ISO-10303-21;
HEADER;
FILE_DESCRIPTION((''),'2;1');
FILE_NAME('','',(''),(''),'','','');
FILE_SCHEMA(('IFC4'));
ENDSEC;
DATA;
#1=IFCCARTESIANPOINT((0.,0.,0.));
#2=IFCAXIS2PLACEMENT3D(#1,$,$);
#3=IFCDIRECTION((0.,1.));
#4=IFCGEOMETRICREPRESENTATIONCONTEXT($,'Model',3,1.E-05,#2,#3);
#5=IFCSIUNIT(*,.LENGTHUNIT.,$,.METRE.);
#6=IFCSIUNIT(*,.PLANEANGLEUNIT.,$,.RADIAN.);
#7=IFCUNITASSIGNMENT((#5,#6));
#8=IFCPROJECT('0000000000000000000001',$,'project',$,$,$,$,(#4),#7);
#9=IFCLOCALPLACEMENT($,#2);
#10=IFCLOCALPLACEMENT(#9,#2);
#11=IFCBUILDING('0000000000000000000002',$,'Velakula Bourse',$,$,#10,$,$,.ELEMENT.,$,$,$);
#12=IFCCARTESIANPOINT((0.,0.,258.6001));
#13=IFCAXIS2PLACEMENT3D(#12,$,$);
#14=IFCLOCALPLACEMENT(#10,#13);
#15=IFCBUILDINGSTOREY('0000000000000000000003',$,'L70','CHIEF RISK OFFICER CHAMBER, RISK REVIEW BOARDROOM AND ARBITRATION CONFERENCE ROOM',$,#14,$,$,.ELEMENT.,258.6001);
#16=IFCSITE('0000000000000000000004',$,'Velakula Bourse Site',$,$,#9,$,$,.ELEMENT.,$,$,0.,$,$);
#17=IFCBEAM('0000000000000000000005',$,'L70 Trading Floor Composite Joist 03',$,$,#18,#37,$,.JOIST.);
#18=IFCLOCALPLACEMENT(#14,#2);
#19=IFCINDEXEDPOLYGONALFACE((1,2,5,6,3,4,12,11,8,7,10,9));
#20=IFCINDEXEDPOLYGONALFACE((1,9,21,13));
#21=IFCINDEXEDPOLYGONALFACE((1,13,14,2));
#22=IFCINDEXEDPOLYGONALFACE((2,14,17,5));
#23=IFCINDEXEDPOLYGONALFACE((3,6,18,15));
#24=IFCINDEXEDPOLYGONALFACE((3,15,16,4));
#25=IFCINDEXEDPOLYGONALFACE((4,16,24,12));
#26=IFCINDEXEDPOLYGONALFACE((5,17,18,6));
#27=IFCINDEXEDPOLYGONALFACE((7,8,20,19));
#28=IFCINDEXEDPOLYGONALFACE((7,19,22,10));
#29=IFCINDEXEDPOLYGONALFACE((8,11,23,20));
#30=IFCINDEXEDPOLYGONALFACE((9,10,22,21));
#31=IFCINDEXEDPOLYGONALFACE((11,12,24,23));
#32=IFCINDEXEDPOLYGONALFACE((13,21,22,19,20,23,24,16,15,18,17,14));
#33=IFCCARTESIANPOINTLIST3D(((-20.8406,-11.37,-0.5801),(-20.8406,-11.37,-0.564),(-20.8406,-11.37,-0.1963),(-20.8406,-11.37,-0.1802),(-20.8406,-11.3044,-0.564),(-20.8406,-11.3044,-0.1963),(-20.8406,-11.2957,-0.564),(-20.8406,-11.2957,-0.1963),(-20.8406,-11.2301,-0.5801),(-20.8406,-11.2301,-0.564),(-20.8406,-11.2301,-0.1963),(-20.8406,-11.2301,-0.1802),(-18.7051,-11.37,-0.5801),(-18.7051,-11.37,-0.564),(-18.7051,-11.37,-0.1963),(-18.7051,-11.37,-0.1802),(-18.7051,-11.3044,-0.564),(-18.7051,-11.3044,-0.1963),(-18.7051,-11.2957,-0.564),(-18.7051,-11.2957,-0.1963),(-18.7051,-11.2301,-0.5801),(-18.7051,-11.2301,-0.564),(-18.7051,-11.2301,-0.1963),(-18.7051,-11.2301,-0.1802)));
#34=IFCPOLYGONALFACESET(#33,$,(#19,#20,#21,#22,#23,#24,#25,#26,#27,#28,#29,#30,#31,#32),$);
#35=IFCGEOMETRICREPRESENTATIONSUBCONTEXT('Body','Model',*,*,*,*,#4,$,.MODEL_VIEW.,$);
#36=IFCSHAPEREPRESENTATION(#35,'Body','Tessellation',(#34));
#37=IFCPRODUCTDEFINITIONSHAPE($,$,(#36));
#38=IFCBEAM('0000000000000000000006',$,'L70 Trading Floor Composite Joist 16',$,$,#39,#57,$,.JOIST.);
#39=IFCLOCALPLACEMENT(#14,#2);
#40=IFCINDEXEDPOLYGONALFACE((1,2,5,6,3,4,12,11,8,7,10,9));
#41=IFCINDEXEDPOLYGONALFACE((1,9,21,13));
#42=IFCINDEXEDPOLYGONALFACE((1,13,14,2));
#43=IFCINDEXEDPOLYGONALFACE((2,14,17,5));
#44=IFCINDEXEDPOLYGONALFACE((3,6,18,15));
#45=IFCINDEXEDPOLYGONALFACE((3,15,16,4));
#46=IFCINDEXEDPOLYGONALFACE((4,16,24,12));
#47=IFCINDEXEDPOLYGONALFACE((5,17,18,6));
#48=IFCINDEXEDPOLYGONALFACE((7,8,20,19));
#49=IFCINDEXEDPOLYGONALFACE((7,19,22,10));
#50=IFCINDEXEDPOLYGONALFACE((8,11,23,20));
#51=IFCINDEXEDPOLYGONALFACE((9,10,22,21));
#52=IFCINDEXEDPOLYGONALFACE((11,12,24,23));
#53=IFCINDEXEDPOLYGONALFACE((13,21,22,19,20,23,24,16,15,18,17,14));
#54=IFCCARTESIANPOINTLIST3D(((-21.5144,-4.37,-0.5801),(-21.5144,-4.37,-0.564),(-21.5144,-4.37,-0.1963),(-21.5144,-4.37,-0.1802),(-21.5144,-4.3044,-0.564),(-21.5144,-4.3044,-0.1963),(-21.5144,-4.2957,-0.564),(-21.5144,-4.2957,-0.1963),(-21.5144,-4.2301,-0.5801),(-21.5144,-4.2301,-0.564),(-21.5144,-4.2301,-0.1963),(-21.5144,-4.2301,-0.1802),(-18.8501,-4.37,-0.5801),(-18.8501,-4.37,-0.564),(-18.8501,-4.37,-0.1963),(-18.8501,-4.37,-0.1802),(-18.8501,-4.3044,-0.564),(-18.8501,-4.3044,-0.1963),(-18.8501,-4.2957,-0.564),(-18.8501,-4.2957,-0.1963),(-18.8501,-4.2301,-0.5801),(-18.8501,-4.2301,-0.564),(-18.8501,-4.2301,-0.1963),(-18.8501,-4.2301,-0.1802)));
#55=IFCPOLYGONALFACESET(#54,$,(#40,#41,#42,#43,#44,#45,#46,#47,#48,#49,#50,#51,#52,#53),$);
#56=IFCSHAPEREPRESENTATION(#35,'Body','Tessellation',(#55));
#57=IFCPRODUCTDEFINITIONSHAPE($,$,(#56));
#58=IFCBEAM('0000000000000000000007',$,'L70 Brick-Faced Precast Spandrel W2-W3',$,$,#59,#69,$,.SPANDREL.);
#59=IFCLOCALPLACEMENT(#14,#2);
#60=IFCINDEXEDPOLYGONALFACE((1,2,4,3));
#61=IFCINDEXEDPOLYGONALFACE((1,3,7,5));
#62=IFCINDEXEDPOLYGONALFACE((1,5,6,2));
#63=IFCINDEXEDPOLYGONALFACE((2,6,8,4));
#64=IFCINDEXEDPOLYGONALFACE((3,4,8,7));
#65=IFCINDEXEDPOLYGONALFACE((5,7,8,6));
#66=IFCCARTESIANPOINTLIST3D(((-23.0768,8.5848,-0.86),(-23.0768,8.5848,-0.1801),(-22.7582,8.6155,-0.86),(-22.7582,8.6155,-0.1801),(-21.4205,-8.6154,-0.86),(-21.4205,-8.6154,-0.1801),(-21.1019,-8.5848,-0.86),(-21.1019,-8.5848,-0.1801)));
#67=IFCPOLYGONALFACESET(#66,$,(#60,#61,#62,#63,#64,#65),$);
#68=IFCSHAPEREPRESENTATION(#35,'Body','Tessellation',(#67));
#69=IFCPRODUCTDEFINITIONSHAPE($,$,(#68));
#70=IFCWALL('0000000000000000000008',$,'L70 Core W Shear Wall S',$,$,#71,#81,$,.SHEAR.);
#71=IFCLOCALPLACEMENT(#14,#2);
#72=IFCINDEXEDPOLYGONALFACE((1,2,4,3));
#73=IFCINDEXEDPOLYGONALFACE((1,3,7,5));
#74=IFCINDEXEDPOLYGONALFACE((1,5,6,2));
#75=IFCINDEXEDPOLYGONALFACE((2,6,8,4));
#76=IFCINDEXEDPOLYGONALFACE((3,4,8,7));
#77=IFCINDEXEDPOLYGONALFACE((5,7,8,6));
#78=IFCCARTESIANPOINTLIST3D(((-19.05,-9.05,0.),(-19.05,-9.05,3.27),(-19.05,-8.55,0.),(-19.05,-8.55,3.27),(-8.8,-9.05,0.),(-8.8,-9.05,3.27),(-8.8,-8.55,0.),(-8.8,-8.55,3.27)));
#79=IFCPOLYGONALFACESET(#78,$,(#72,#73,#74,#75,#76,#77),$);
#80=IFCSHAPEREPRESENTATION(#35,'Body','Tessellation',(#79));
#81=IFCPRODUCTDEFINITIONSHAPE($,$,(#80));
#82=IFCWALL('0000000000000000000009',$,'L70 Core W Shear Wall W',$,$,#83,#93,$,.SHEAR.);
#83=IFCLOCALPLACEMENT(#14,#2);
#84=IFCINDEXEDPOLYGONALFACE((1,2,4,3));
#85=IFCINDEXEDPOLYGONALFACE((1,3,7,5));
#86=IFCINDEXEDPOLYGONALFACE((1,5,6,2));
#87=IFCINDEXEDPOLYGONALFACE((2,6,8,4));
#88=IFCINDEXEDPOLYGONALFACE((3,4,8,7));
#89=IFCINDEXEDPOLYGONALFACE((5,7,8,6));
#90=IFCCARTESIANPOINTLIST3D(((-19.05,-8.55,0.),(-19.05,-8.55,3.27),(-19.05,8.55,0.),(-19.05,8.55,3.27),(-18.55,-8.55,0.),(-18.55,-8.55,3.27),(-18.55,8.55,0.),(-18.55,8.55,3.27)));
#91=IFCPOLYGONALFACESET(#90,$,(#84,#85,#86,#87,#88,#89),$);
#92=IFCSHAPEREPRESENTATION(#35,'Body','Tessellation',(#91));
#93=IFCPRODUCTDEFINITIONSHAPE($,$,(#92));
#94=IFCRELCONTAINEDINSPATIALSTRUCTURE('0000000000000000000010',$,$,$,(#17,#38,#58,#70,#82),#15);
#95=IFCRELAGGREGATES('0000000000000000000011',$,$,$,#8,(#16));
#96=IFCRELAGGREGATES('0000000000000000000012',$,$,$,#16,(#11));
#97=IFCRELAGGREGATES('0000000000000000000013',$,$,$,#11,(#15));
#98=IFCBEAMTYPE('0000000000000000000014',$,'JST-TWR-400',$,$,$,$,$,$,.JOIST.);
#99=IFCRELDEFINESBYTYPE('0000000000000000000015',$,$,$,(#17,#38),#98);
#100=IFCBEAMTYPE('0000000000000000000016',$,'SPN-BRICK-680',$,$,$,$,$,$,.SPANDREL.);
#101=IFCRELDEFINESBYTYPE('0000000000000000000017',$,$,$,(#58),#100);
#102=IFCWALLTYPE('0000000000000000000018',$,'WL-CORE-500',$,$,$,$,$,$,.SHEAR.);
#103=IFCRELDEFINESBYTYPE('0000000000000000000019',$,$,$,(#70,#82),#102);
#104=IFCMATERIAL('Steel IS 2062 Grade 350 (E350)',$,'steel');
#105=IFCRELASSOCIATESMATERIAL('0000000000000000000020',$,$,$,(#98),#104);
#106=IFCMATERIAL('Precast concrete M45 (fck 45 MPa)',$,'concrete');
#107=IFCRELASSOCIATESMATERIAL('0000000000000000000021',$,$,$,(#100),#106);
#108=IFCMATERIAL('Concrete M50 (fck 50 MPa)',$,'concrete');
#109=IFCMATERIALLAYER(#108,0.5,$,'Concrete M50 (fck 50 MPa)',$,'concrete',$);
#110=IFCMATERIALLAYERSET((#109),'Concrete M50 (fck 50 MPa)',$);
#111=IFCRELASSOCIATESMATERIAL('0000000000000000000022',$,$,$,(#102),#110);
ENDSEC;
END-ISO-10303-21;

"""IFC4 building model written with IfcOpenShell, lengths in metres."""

from ifc_helpers import new_model, si_unit, direction, frame, frame_2d, origin, origin_2d, place, context, subcontext, project, spatial, rectangle, i_section, extrude, material, layer, layer_set, material_profile, profile_set, type_object, element, save


model = new_model("IFC4")

# Units and contexts
model_context = context("Model", 3, precision=1e-05, world=origin(), true_north=direction((0.0, 1.0)))
body_context = subcontext(model_context, "Body", "Model", "MODEL_VIEW")
ifc_project = project(units=[si_unit("LENGTHUNIT", "METRE"), si_unit("PLANEANGLEUNIT", "RADIAN")], contexts=[model_context])

# Site, building, storey
site_placement = place(None, origin())
site = spatial("IfcSite", under=ifc_project, at=site_placement, Name="Velakula Bourse Site", CompositionType="ELEMENT", RefElevation=0.0)
building_placement = place(site_placement, origin())
building = spatial("IfcBuilding", under=site, at=building_placement, Name="Velakula Bourse", CompositionType="ELEMENT")
storey_placement = place(building_placement, frame((0.0, 0.0, 258.6001)))
storey = spatial("IfcBuildingStorey", under=building, at=storey_placement, Name="L70", Description="CHIEF RISK OFFICER CHAMBER, RISK REVIEW BOARDROOM AND ARBITRATION CONFERENCE ROOM", CompositionType="ELEMENT", Elevation=258.6001)

# Shared definitions
ifc_material_1 = material(Name="Concrete M50 (fck 50 MPa)", Category="concrete")
ifc_material_2 = material(Name="Steel IS 2062 Grade 350 (E350)", Category="steel")

# Beams
ifc_material_profile_1 = material_profile(ifc_material_2, i_section(OverallWidth=0.1399, OverallDepth=0.3999, WebThickness=0.0088, FlangeThickness=0.0161, at=origin_2d()), Name="Steel IS 2062 Grade 350 (E350)")
ifc_profile_set_1 = profile_set([ifc_material_profile_1], Name="Steel IS 2062 Grade 350 (E350)")
beam_type_1 = type_object("IfcBeamType", Name="JST-TWR-400", PredefinedType="JOIST", material=ifc_profile_set_1)
beam_1_placement = place(storey_placement, frame((-20.8406, -11.3, -0.3801), z_axis=(1.0, 0.0, 0.0), x_axis=(0.0, 1.0, 0.0)))
element("IfcBeam", 1, at=beam_1_placement, inside=storey, type_object=beam_type_1, Name="L70 Trading Floor Composite Joist 03", PredefinedType="JOIST", context=body_context, shape_type="SweptSolid", body=[
    extrude(i_section(OverallWidth=0.1399, OverallDepth=0.3999, WebThickness=0.0088, FlangeThickness=0.0161, at=origin_2d()), origin(), (0.0, 0.0, 1.0), 2.1355),
])
beam_2_placement = place(storey_placement, frame((-21.5144, -4.3, -0.3801), z_axis=(1.0, 0.0, 0.0), x_axis=(0.0, 1.0, 0.0)))
element("IfcBeam", 2, at=beam_2_placement, inside=storey, type_object=beam_type_1, Name="L70 Trading Floor Composite Joist 16", PredefinedType="JOIST", context=body_context, shape_type="SweptSolid", body=[
    extrude(i_section(OverallWidth=0.1399, OverallDepth=0.3999, WebThickness=0.0088, FlangeThickness=0.0161, at=origin_2d()), origin(), (0.0, 0.0, 1.0), 2.6643),
])
ifc_material_3 = material(Name="Precast concrete M45 (fck 45 MPa)", Category="concrete")
ifc_material_profile_2 = material_profile(ifc_material_3, rectangle(XDim=0.3201, YDim=0.6799, at=origin_2d()), Name="Precast concrete M45 (fck 45 MPa)")
ifc_profile_set_2 = profile_set([ifc_material_profile_2], Name="Precast concrete M45 (fck 45 MPa)")
beam_type_2 = type_object("IfcBeamType", Name="SPN-BRICK-680", PredefinedType="SPANDREL", material=ifc_profile_set_2)
beam_3_placement = place(storey_placement, frame((-21.2612, -8.6001, -0.52), z_axis=(-0.095849, 0.995396, 0.0), x_axis=(-0.995396, -0.095849, 0.0)))
element("IfcBeam", 3, at=beam_3_placement, inside=storey, type_object=beam_type_2, Name="L70 Brick-Faced Precast Spandrel W2-W3", PredefinedType="SPANDREL", context=body_context, shape_type="SweptSolid", body=[
    extrude(rectangle(XDim=0.3201, YDim=0.6799, at=origin_2d()), origin(), (0.0, 0.0, 1.0), 17.2798),
])

# Walls
ifc_layer_1 = layer(ifc_material_1, 0.5, Name="Concrete M50 (fck 50 MPa)", Category="concrete")
ifc_layer_set_1 = layer_set([ifc_layer_1], Name="Concrete M50 (fck 50 MPa)")
wall_type_1 = type_object("IfcWallType", Name="WL-CORE-500", PredefinedType="SHEAR", material=ifc_layer_set_1)
wall_1_placement = place(storey_placement, frame((-19.05, -8.8, 0.0), z_axis=(0.0, 0.0, 1.0), x_axis=(1.0, 0.0, 0.0)))
element("IfcWall", 4, at=wall_1_placement, inside=storey, type_object=wall_type_1, Name="L70 Core W Shear Wall S", PredefinedType="SHEAR", context=body_context, shape_type="SweptSolid", body=[
    extrude(rectangle(XDim=10.25, YDim=0.5, at=frame_2d((5.125, 0.0))), origin(), (0.0, 0.0, 1.0), 3.27),
])
wall_2_placement = place(storey_placement, frame((-18.8, -8.55, 0.0), z_axis=(0.0, 0.0, 1.0), x_axis=(0.0, 1.0, 0.0)))
element("IfcWall", 5, at=wall_2_placement, inside=storey, type_object=wall_type_1, Name="L70 Core W Shear Wall W", PredefinedType="SHEAR", context=body_context, shape_type="SweptSolid", body=[
    extrude(rectangle(XDim=17.1001, YDim=0.5, at=frame_2d((8.55, 0.0))), origin(), (0.0, 0.0, 1.0), 3.27),
])

save(model, "model.ifc")
